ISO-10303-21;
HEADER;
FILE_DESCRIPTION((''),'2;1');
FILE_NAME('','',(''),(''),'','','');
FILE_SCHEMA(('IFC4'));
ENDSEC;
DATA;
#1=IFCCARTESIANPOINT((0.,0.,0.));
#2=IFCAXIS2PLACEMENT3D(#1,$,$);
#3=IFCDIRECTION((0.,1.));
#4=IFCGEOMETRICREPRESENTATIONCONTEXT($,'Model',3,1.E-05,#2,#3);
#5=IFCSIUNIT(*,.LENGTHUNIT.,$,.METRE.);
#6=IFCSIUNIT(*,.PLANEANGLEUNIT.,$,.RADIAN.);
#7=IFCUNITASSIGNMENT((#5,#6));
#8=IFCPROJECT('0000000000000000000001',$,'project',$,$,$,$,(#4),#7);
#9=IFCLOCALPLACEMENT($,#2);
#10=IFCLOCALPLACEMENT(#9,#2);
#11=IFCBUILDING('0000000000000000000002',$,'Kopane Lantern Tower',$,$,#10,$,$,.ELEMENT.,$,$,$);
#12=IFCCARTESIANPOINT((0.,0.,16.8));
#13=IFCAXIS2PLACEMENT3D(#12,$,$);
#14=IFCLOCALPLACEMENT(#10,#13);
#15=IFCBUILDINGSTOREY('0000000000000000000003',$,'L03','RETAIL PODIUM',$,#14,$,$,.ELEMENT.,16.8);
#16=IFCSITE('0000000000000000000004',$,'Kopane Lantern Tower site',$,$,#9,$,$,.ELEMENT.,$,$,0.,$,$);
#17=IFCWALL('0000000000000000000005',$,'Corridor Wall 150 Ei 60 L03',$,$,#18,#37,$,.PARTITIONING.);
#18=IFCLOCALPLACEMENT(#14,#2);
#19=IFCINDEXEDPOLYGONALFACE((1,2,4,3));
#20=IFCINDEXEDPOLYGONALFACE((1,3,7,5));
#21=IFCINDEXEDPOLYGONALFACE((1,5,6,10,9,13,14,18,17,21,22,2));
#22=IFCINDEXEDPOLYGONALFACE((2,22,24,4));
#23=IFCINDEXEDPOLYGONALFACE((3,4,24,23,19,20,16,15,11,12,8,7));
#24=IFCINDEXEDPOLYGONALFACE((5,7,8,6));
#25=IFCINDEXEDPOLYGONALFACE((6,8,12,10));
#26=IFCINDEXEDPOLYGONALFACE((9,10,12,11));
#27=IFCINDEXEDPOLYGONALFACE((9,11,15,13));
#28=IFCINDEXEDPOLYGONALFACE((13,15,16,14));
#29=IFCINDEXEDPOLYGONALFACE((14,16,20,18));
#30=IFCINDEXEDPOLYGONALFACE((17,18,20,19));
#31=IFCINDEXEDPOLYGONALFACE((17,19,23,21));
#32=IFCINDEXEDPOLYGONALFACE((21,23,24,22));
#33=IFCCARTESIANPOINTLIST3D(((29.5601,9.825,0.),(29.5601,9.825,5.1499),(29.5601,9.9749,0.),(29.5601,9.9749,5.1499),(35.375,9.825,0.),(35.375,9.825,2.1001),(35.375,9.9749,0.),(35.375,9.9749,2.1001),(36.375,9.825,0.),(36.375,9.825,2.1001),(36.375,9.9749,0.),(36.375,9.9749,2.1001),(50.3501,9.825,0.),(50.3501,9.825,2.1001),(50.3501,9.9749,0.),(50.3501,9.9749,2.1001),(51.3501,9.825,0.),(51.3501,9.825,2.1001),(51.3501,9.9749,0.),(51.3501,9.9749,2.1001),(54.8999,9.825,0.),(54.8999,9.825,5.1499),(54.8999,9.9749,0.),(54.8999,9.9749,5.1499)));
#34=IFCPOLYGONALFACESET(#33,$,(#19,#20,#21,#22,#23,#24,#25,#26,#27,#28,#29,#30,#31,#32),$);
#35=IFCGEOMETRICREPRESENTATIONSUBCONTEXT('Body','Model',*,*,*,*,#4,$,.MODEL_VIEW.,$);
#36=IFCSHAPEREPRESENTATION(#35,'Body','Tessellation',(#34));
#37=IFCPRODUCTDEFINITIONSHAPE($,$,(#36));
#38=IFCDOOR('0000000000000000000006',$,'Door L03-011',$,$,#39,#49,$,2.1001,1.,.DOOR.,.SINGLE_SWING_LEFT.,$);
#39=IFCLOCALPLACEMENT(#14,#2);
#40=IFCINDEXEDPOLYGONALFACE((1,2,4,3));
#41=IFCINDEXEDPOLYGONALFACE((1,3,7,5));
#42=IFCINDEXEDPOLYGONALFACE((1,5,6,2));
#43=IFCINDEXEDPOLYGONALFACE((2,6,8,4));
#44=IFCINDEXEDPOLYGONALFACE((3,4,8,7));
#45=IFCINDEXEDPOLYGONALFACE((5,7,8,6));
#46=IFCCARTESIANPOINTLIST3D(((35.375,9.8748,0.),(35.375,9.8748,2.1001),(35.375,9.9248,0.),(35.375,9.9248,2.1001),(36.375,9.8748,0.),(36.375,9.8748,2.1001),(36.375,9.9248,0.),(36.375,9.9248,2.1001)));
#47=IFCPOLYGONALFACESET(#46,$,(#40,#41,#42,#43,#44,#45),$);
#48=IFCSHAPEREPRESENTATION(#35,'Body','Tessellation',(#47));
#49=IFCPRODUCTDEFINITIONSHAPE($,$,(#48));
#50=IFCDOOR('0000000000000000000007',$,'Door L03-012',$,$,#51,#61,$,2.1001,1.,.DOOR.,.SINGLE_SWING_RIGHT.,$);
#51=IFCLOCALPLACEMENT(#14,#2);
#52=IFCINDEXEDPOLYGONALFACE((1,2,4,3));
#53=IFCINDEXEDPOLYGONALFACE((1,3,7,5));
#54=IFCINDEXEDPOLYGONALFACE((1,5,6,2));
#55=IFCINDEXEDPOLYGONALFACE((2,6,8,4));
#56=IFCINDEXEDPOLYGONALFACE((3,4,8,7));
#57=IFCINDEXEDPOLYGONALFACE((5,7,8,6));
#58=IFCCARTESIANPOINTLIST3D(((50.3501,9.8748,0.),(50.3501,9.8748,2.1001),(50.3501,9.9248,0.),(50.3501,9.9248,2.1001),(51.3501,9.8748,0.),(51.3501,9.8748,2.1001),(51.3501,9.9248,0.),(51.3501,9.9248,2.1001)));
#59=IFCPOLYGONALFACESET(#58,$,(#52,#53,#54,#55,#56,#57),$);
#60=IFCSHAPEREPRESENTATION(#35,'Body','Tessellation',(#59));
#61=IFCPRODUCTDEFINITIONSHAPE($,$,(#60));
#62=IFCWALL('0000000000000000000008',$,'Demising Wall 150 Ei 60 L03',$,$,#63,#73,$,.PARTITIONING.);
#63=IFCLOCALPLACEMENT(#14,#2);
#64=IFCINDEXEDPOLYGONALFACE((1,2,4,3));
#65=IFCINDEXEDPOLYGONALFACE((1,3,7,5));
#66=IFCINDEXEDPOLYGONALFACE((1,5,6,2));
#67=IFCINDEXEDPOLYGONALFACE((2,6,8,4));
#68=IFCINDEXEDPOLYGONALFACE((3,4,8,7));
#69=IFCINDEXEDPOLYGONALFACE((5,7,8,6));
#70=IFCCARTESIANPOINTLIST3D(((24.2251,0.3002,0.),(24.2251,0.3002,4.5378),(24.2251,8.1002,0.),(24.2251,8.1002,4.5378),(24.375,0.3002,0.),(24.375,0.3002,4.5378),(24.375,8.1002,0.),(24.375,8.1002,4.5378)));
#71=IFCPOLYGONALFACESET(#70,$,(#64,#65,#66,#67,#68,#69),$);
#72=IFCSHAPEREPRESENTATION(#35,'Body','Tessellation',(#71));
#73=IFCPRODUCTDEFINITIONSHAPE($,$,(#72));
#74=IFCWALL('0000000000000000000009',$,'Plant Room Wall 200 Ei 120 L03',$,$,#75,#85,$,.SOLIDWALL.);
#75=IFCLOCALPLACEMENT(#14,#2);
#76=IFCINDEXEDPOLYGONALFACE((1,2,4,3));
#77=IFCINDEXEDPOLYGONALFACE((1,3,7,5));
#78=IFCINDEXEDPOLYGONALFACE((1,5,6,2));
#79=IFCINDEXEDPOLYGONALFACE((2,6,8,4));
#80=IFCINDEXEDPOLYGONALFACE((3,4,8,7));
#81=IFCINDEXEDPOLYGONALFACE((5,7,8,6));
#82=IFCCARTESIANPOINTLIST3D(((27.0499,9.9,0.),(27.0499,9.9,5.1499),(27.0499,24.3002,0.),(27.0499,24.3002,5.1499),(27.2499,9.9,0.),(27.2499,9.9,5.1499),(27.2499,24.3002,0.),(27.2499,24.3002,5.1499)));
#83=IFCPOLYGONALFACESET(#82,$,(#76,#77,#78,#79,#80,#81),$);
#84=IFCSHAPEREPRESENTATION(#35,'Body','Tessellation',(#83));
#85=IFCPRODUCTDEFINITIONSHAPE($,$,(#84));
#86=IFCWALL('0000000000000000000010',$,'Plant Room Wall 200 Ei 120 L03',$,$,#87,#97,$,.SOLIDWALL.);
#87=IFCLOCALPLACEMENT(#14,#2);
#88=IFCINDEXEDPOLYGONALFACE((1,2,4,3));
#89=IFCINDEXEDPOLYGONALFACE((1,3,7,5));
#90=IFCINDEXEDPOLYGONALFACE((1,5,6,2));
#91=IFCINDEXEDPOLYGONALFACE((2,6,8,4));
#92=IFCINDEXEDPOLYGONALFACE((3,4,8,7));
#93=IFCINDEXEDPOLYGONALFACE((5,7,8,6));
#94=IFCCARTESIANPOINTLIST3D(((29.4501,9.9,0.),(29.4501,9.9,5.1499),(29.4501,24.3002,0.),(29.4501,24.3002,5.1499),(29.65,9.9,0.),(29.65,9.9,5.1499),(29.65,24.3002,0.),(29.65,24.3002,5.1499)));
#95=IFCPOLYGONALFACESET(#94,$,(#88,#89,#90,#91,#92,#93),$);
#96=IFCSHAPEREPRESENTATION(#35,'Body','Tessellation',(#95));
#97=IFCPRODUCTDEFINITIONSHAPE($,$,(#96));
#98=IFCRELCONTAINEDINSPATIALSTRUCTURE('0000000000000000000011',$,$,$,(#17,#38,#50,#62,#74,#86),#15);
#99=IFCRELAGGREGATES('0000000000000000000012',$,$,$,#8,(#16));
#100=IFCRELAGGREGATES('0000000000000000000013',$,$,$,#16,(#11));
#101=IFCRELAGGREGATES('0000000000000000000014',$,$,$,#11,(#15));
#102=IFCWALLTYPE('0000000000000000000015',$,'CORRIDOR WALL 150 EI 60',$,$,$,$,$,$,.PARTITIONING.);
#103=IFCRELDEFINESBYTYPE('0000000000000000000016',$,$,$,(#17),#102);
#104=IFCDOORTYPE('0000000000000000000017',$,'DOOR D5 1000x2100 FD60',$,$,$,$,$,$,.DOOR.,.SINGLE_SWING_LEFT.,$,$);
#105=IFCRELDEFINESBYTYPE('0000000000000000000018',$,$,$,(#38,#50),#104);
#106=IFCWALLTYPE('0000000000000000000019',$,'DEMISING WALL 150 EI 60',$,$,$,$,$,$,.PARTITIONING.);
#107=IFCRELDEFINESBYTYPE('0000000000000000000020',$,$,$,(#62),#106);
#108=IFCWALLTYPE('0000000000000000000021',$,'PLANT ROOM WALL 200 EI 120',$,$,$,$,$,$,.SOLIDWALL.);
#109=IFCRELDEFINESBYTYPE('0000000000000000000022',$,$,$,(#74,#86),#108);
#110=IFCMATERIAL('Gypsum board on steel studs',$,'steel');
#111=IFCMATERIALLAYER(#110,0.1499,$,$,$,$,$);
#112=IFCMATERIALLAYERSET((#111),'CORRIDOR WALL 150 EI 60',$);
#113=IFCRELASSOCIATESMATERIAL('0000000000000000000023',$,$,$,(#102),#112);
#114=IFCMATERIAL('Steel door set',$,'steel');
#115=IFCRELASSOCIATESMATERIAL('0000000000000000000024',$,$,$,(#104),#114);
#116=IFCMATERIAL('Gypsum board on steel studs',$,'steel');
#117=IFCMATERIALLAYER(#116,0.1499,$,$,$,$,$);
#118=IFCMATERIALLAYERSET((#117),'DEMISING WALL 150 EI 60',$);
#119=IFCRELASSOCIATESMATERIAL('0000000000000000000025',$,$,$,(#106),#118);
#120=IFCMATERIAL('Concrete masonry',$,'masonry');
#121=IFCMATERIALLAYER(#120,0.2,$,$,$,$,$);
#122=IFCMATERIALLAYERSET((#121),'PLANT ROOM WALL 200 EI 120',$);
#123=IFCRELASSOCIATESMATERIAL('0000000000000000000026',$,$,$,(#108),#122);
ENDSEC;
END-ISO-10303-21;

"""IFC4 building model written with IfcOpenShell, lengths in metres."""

from ifc_helpers import new_model, si_unit, direction, frame, frame_2d, origin, place, context, subcontext, project, spatial, rectangle, extrude, material, layer, layer_set, type_object, element, fill, save


model = new_model("IFC4")

# Units and contexts
model_context = context("Model", 3, precision=1e-05, world=origin(), true_north=direction((0.0, 1.0)))
body_context = subcontext(model_context, "Body", "Model", "MODEL_VIEW")
ifc_project = project(units=[si_unit("LENGTHUNIT", "METRE"), si_unit("PLANEANGLEUNIT", "RADIAN")], contexts=[model_context])

# Site, building, storey
site_placement = place(None, origin())
site = spatial("IfcSite", under=ifc_project, at=site_placement, Name="Kopane Lantern Tower site", CompositionType="ELEMENT", RefElevation=0.0)
building_placement = place(site_placement, origin())
building = spatial("IfcBuilding", under=site, at=building_placement, Name="Kopane Lantern Tower", CompositionType="ELEMENT")
storey_placement = place(building_placement, frame((0.0, 0.0, 16.8)))
storey = spatial("IfcBuildingStorey", under=building, at=storey_placement, Name="L03", Description="RETAIL PODIUM", CompositionType="ELEMENT", Elevation=16.8)

# Wall, openings, doors
ifc_material_1 = material(Name="Gypsum board on steel studs", Category="steel")
ifc_layer_1 = layer(ifc_material_1, 0.1499)
ifc_layer_set_1 = layer_set([ifc_layer_1], Name="CORRIDOR WALL 150 EI 60")
wall_type_1 = type_object("IfcWallType", Name="CORRIDOR WALL 150 EI 60", PredefinedType="PARTITIONING", material=ifc_layer_set_1)
wall_1_placement = place(storey_placement, frame((29.5601, 9.8999, 0.0), z_axis=(0.0, 0.0, 1.0), x_axis=(1.0, 0.0, 0.0)))
wall_1 = element("IfcWall", 1, at=wall_1_placement, inside=storey, type_object=wall_type_1, Name="Corridor Wall 150 Ei 60 L03", PredefinedType="PARTITIONING", context=body_context, shape_type="SweptSolid", body=[
    extrude(rectangle(XDim=25.3398, YDim=0.1499, at=frame_2d((12.6699, 0.0))), origin(), (0.0, 0.0, 1.0), 5.1499),
])
opening_1_placement = place(wall_1_placement, frame((5.8149, 0.0, 0.0)))
opening_1 = element("IfcOpeningElement", 2, at=opening_1_placement, cuts=wall_1, PredefinedType="OPENING", context=body_context, shape_type="SweptSolid", body=[
    extrude(rectangle(XDim=1.0, YDim=2.1001, at=frame_2d((0.5, 1.05))), frame((0.0, 0.085, 0.0), z_axis=(0.0, -1.0, 0.0), x_axis=(1.0, 0.0, 0.0)), (0.0, 0.0, 1.0), 0.1699),
])
opening_2_placement = place(wall_1_placement, frame((20.79, 0.0, 0.0)))
opening_2 = element("IfcOpeningElement", 3, at=opening_2_placement, cuts=wall_1, PredefinedType="OPENING", context=body_context, shape_type="SweptSolid", body=[
    extrude(rectangle(XDim=1.0, YDim=2.1001, at=frame_2d((0.5, 1.05))), frame((0.0, 0.085, 0.0), z_axis=(0.0, -1.0, 0.0), x_axis=(1.0, 0.0, 0.0)), (0.0, 0.0, 1.0), 0.1699),
])
ifc_material_2 = material(Name="Steel door set", Category="steel")
door_type = type_object("IfcDoorType", Name="DOOR D5 1000x2100 FD60", OperationType="SINGLE_SWING_LEFT", PredefinedType="DOOR", material=ifc_material_2)
door_1_placement = place(opening_1_placement, origin())
door_1 = element("IfcDoor", 4, at=door_1_placement, inside=storey, type_object=door_type, Name="Door L03-011", OperationType="SINGLE_SWING_LEFT", OverallHeight=2.1001, OverallWidth=1.0, PredefinedType="DOOR", context=body_context, shape_type="SweptSolid", body=[
    extrude(rectangle(XDim=1.0, YDim=2.1001, at=frame_2d((0.5, 1.05))), frame((0.0, 0.0249, 0.0), z_axis=(0.0, -1.0, 0.0), x_axis=(1.0, 0.0, 0.0)), (0.0, 0.0, 1.0), 0.05),
])
fill(opening_1, door_1)
door_2_placement = place(opening_2_placement, origin())
door_2 = element("IfcDoor", 5, at=door_2_placement, inside=storey, type_object=door_type, Name="Door L03-012", OperationType="SINGLE_SWING_RIGHT", OverallHeight=2.1001, OverallWidth=1.0, PredefinedType="DOOR", context=body_context, shape_type="SweptSolid", body=[
    extrude(rectangle(XDim=1.0, YDim=2.1001, at=frame_2d((0.5, 1.05))), frame((0.0, 0.0249, 0.0), z_axis=(0.0, -1.0, 0.0), x_axis=(1.0, 0.0, 0.0)), (0.0, 0.0, 1.0), 0.05),
])
fill(opening_2, door_2)

# Walls
ifc_material_3 = material(Name="Gypsum board on steel studs", Category="steel")
ifc_layer_2 = layer(ifc_material_3, 0.1499)
ifc_layer_set_2 = layer_set([ifc_layer_2], Name="DEMISING WALL 150 EI 60")
wall_type_2 = type_object("IfcWallType", Name="DEMISING WALL 150 EI 60", PredefinedType="PARTITIONING", material=ifc_layer_set_2)
wall_2_placement = place(storey_placement, frame((24.3, 8.1001, 0.0), z_axis=(0.0, 0.0, 1.0), x_axis=(0.0, -1.0, 0.0)))
element("IfcWall", 6, at=wall_2_placement, inside=storey, type_object=wall_type_2, Name="Demising Wall 150 Ei 60 L03", PredefinedType="PARTITIONING", context=body_context, shape_type="SweptSolid", body=[
    extrude(rectangle(XDim=7.8, YDim=0.1499, at=frame_2d((3.8999, 0.0))), origin(), (0.0, 0.0, 1.0), 4.5378),
])
ifc_material_4 = material(Name="Concrete masonry", Category="masonry")
ifc_layer_3 = layer(ifc_material_4, 0.2)
ifc_layer_set_3 = layer_set([ifc_layer_3], Name="PLANT ROOM WALL 200 EI 120")
wall_type_3 = type_object("IfcWallType", Name="PLANT ROOM WALL 200 EI 120", PredefinedType="SOLIDWALL", material=ifc_layer_set_3)
for number, where, z_axis, x_axis, name in (
    (7, (27.1499, 9.8999, 0.0), (0.0, 0.0, 1.0), (0.0, 1.0, 0.0), "Plant Room Wall 200 Ei 120 L03"),
    (8, (29.55, 9.8999, 0.0), (0.0, 0.0, 1.0), (0.0, 1.0, 0.0), "Plant Room Wall 200 Ei 120 L03"),
):
    element("IfcWall", number, at=place(storey_placement, frame(where, z_axis=z_axis, x_axis=x_axis)), inside=storey, type_object=wall_type_3, Name=name, PredefinedType="SOLIDWALL", context=body_context, shape_type="SweptSolid", body=[
        extrude(rectangle(XDim=14.4001, YDim=0.2, at=frame_2d((7.2002, 0.0))), origin(), (0.0, 0.0, 1.0), 5.1499),
    ])

save(model, "model.ifc")
